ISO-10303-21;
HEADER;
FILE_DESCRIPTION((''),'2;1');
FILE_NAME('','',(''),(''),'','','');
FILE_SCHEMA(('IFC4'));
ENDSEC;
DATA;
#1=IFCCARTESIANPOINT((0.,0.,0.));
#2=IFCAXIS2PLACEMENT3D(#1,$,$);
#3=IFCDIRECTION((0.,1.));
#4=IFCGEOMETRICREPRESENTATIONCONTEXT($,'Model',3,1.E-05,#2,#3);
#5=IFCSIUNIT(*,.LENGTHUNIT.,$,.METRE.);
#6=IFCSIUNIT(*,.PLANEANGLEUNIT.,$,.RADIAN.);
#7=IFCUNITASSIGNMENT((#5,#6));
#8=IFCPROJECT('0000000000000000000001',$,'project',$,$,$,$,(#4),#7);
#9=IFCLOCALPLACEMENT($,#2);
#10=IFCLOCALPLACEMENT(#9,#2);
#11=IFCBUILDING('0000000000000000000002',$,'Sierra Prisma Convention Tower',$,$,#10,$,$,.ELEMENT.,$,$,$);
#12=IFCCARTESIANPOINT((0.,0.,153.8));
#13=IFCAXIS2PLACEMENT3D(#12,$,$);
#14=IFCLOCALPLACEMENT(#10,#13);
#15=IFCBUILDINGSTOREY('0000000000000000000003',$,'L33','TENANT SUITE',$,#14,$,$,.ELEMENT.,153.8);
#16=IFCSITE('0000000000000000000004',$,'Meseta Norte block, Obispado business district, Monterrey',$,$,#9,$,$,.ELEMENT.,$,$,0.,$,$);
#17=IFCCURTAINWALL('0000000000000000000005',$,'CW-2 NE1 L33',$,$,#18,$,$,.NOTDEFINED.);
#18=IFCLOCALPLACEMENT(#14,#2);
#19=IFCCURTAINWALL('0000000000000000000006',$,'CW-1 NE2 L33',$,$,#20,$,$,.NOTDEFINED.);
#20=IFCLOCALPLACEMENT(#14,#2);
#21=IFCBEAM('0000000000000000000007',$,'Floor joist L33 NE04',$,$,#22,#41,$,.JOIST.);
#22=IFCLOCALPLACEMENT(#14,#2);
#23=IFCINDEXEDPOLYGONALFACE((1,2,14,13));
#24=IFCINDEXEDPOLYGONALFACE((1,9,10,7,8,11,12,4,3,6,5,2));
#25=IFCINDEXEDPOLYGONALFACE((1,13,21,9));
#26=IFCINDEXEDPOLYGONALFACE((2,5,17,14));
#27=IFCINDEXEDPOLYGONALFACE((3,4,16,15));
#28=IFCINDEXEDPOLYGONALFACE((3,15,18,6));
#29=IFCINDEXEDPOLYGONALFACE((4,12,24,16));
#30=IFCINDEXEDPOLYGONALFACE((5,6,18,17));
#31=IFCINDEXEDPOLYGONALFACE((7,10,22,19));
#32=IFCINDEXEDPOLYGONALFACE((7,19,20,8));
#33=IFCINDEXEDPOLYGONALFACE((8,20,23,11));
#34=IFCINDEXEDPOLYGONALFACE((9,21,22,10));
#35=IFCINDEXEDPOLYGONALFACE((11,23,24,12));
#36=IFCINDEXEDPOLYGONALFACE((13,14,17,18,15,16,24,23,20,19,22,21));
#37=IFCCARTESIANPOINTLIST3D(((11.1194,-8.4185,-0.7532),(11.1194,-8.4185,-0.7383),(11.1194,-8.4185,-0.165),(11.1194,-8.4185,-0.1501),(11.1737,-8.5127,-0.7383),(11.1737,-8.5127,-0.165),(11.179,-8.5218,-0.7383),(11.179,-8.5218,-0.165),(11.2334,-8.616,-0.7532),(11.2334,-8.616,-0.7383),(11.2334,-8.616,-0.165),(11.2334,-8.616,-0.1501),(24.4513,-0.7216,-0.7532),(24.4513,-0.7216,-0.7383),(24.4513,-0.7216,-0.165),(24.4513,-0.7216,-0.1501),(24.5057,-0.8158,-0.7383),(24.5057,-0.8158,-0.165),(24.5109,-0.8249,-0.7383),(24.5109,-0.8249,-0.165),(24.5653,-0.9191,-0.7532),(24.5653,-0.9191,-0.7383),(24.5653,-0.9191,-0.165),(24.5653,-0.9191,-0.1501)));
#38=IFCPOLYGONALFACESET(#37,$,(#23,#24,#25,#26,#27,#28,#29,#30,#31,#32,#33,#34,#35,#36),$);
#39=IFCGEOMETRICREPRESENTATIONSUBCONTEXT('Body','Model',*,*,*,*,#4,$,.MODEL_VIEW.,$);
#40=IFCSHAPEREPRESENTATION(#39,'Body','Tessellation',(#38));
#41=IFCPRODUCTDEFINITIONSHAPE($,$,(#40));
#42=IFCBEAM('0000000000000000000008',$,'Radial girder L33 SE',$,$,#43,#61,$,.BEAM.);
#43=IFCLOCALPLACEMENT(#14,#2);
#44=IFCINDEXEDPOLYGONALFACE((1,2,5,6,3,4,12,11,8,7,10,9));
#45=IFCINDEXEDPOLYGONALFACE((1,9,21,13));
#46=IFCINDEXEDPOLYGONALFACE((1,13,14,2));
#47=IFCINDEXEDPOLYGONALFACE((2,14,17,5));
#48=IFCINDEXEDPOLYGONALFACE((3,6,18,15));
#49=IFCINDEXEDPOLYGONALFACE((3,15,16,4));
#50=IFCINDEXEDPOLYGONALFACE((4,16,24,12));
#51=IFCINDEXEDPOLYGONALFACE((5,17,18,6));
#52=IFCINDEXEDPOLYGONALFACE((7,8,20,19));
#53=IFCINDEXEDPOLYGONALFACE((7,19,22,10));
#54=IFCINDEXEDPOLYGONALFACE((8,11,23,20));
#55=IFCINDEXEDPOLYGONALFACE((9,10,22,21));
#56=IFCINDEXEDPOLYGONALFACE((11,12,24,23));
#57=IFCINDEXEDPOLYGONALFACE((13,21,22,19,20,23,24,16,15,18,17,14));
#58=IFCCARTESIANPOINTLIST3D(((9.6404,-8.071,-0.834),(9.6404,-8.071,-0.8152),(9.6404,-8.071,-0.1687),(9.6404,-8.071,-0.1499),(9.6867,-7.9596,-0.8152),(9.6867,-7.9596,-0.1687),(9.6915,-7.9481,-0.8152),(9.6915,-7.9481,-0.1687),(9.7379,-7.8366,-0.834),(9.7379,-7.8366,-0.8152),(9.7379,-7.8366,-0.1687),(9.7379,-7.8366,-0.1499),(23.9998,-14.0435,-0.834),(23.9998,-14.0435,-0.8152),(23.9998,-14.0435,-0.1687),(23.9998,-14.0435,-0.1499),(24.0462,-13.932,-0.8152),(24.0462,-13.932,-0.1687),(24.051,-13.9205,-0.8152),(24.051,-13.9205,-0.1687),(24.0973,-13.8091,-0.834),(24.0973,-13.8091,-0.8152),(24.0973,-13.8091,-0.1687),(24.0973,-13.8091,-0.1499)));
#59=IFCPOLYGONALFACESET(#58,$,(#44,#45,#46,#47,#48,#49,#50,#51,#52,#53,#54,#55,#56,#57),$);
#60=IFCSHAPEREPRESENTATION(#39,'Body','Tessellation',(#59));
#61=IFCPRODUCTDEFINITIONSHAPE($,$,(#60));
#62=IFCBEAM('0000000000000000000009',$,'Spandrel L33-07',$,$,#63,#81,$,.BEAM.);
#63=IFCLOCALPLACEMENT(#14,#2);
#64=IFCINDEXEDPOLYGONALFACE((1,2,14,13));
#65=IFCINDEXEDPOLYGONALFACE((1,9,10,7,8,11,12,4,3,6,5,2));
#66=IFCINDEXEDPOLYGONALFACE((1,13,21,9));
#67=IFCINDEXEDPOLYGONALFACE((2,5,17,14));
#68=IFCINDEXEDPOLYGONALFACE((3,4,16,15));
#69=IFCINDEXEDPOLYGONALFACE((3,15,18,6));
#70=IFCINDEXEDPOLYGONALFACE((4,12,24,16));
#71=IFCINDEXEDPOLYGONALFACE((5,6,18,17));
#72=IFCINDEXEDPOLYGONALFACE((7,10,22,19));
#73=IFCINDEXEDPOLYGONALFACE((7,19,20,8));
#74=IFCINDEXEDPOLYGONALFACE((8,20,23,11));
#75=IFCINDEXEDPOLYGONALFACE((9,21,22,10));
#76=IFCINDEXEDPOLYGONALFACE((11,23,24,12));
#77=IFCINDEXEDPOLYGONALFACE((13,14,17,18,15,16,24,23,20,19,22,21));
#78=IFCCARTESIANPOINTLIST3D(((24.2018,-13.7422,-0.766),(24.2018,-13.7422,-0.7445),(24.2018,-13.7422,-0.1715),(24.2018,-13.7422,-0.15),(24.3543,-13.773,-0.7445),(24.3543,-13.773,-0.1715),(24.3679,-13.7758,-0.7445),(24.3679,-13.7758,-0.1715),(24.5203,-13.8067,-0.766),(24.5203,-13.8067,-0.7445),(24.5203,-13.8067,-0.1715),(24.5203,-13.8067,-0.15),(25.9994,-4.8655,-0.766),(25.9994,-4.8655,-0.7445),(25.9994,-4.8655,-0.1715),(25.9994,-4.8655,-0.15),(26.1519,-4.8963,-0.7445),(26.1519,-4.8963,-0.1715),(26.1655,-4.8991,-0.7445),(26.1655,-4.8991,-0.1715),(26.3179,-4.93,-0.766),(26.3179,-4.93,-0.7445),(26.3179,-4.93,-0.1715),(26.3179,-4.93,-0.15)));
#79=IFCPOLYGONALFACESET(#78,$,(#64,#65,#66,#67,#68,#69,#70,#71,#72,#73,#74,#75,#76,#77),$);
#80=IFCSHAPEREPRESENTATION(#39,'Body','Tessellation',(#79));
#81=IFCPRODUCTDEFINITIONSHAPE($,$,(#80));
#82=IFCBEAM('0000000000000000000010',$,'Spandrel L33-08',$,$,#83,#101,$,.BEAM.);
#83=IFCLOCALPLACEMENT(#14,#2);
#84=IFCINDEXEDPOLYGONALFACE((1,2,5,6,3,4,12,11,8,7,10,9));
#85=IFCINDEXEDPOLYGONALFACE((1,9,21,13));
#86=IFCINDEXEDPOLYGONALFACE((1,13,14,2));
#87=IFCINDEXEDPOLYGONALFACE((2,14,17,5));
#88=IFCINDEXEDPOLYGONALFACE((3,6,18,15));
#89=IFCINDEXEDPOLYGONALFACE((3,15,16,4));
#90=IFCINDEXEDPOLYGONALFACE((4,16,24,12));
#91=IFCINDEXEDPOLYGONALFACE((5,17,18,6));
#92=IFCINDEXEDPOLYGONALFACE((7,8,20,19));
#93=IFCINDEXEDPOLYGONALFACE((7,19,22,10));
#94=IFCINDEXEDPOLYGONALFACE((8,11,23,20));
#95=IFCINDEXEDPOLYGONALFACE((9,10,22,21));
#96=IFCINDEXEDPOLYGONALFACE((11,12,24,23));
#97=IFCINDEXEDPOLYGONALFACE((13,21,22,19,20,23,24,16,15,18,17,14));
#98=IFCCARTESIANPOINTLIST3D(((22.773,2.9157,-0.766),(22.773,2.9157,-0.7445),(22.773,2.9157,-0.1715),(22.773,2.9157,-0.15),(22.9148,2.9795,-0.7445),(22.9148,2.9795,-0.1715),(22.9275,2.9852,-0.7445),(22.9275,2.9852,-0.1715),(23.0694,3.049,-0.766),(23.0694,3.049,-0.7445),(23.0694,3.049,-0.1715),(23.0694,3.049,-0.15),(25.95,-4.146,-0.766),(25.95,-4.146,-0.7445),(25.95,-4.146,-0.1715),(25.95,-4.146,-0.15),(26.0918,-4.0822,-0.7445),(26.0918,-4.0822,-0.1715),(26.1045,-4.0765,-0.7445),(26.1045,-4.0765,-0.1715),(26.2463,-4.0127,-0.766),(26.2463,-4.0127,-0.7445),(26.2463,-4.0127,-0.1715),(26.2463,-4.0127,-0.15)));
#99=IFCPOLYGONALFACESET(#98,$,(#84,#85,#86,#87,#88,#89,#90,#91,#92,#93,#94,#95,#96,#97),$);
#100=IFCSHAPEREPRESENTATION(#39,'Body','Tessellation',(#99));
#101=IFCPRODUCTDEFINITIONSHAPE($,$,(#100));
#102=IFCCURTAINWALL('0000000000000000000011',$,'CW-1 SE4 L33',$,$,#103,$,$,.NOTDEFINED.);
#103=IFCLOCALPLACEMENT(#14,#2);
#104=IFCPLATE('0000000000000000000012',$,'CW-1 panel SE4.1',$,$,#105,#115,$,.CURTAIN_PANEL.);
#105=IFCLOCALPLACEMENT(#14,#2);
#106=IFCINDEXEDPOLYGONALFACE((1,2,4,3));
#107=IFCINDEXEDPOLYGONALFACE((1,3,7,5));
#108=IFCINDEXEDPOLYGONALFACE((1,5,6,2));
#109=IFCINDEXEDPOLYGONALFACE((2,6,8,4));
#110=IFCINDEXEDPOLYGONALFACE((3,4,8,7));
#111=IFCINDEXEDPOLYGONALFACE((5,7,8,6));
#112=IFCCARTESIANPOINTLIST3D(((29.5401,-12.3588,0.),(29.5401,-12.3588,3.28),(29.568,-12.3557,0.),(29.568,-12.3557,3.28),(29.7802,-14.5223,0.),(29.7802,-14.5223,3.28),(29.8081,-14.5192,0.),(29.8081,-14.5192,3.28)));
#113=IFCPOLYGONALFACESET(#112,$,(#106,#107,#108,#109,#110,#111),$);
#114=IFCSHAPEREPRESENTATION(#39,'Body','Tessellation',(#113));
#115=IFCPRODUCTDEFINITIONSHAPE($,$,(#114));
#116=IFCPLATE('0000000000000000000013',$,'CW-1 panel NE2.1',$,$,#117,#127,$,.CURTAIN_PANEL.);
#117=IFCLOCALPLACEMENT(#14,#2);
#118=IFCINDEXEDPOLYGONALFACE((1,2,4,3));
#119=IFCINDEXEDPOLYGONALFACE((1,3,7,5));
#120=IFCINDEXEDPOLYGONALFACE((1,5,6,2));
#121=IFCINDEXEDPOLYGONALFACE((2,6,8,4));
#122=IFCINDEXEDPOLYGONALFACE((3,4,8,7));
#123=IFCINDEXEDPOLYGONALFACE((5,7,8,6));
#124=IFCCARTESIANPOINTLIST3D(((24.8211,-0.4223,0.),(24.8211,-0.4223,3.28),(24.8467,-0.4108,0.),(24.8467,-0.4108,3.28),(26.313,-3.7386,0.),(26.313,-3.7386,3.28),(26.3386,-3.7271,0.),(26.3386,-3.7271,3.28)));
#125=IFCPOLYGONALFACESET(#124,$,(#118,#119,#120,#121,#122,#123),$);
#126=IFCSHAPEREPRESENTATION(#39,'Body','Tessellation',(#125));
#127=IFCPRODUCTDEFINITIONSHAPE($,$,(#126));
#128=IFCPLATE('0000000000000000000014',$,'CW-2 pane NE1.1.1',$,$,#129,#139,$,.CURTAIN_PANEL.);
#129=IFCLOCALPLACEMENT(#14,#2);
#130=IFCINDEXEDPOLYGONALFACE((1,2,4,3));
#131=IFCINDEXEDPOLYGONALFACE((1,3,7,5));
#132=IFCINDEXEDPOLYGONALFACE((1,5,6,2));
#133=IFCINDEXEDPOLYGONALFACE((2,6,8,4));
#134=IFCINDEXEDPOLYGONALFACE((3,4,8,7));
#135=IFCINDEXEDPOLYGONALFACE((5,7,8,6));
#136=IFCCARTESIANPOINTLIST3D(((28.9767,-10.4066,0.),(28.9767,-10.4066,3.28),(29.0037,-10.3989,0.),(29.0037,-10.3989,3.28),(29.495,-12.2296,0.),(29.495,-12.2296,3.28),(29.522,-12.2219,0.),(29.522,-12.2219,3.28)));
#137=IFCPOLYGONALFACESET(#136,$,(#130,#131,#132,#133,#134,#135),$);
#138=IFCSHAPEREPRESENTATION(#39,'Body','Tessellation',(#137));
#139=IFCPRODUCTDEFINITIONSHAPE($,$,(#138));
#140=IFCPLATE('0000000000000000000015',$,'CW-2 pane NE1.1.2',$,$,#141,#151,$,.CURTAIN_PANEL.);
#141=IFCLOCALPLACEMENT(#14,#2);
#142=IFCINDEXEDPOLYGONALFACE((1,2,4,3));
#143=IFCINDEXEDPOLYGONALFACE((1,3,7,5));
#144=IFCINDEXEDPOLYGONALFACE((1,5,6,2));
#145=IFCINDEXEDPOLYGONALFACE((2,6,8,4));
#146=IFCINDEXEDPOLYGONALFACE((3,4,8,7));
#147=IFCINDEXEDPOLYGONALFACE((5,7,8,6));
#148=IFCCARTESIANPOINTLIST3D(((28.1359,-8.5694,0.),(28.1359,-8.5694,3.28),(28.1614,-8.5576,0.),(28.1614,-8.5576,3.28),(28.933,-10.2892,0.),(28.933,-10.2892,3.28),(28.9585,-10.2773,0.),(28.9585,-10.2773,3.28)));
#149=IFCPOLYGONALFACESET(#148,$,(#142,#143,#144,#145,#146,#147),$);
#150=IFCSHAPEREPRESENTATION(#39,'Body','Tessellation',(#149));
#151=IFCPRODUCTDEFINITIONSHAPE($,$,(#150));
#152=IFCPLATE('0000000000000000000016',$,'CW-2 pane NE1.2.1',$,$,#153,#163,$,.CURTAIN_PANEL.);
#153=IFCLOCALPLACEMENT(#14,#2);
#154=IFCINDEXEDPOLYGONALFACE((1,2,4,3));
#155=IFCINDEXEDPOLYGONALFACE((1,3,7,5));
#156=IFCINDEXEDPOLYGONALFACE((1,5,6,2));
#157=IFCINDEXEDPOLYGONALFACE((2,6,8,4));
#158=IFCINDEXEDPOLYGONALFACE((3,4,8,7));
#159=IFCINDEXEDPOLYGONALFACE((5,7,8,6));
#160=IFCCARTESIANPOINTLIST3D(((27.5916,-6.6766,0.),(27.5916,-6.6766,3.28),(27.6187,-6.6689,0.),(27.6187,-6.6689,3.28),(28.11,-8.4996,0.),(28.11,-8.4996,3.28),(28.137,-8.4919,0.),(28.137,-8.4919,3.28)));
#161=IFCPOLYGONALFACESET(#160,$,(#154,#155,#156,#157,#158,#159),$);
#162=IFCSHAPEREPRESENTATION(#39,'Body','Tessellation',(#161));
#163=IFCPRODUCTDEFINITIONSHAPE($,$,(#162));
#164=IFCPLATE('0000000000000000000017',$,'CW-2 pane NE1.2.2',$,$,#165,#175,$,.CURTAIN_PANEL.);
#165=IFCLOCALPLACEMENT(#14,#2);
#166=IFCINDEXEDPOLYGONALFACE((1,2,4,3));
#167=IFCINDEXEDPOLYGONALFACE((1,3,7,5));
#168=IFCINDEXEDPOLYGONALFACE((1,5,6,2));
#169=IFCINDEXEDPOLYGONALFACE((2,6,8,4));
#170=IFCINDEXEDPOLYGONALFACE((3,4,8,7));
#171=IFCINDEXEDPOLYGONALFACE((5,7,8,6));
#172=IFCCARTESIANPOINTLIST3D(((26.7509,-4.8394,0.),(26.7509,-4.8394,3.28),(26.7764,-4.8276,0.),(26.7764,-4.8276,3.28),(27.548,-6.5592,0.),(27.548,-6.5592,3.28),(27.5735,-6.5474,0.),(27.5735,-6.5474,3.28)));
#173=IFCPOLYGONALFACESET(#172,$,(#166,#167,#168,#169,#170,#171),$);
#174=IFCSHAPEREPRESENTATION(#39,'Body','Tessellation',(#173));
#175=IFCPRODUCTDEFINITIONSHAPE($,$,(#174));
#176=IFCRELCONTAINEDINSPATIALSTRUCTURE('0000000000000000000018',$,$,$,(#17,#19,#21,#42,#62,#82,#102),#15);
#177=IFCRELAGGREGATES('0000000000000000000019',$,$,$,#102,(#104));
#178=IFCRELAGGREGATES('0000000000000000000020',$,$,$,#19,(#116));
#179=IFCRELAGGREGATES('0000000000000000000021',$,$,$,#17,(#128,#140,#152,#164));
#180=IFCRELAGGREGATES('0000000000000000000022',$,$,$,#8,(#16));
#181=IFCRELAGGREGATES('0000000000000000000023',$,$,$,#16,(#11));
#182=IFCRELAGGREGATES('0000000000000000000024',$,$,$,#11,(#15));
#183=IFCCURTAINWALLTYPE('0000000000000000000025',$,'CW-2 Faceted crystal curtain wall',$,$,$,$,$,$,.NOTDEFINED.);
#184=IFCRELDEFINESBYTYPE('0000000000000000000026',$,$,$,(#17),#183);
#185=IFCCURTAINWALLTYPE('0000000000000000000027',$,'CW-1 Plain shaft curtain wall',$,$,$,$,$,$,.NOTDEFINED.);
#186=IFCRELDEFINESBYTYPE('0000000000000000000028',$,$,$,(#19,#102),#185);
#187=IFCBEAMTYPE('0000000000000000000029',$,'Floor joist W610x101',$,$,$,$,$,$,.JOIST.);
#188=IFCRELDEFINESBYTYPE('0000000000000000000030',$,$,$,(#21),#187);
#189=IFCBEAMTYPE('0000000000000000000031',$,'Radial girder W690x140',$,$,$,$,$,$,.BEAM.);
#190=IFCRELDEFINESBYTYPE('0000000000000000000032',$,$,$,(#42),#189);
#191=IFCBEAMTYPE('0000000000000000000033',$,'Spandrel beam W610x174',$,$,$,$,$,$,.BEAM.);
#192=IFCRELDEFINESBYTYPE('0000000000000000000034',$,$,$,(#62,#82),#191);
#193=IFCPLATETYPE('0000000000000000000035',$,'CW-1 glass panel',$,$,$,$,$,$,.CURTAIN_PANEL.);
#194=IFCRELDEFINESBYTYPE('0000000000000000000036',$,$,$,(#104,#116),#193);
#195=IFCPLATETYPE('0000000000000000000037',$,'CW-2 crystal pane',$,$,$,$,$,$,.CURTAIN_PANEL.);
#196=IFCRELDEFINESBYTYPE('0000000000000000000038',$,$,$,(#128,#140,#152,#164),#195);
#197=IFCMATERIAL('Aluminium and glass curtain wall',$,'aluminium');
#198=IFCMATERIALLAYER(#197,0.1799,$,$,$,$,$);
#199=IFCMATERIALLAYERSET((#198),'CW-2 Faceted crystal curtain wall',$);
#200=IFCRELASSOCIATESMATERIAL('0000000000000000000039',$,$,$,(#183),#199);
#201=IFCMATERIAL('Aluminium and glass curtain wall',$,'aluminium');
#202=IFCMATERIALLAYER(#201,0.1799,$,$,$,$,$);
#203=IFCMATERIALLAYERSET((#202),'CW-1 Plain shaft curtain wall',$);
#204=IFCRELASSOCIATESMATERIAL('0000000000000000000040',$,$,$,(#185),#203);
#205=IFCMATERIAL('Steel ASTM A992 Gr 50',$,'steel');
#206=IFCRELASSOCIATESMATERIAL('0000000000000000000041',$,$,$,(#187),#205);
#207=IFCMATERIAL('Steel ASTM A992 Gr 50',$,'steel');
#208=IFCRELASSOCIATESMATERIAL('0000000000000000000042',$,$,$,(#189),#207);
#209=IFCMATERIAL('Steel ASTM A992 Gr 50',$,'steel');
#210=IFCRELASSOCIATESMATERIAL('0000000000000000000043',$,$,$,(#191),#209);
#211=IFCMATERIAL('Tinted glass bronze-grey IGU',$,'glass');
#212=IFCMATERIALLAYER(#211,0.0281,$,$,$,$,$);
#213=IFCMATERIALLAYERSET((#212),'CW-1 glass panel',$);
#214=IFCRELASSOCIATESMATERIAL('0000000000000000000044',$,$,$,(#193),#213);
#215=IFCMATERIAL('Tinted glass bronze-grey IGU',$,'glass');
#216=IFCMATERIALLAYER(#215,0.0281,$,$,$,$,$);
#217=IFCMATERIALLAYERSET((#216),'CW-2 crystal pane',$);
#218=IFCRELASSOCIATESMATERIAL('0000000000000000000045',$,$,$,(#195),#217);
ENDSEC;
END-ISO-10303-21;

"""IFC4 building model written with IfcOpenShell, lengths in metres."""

from ifc_helpers import new_model, si_unit, direction, frame, origin, origin_2d, place, context, subcontext, project, spatial, polyline, rectangle, i_section, outline, extrude, material, layer, layer_set, material_profile, profile_set, type_object, element, aggregate, save


model = new_model("IFC4")

# Units and contexts
model_context = context("Model", 3, precision=1e-05, world=origin(), true_north=direction((0.0, 1.0)))
body_context = subcontext(model_context, "Body", "Model", "MODEL_VIEW")
ifc_project = project(units=[si_unit("LENGTHUNIT", "METRE"), si_unit("PLANEANGLEUNIT", "RADIAN")], contexts=[model_context])

# Site, building, storey
site_placement = place(None, origin())
site = spatial("IfcSite", under=ifc_project, at=site_placement, Name="Meseta Norte block, Obispado business district, Monterrey", CompositionType="ELEMENT", RefElevation=0.0)
building_placement = place(site_placement, origin())
building = spatial("IfcBuilding", under=site, at=building_placement, Name="Sierra Prisma Convention Tower", CompositionType="ELEMENT")
storey_placement = place(building_placement, frame((0.0, 0.0, 153.8)))
storey = spatial("IfcBuildingStorey", under=building, at=storey_placement, Name="L33", Description="TENANT SUITE", CompositionType="ELEMENT", Elevation=153.8)

# Curtain wall
ifc_material_1 = material(Name="Aluminium and glass curtain wall", Category="aluminium")
ifc_layer_1 = layer(ifc_material_1, 0.1799)
ifc_layer_set_1 = layer_set([ifc_layer_1], Name="CW-2 Faceted crystal curtain wall")
curtain_wall_type_1 = type_object("IfcCurtainWallType", Name="CW-2 Faceted crystal curtain wall", PredefinedType="NOTDEFINED", material=ifc_layer_set_1)
curtain_wall_1_placement = place(storey_placement, origin())
curtain_wall_1 = element("IfcCurtainWall", 1, at=curtain_wall_1_placement, inside=storey, type_object=curtain_wall_type_1, Name="CW-2 NE1 L33", PredefinedType="NOTDEFINED")

# Curtain wall
ifc_material_2 = material(Name="Aluminium and glass curtain wall", Category="aluminium")
ifc_layer_2 = layer(ifc_material_2, 0.1799)
ifc_layer_set_2 = layer_set([ifc_layer_2], Name="CW-1 Plain shaft curtain wall")
curtain_wall_type_2 = type_object("IfcCurtainWallType", Name="CW-1 Plain shaft curtain wall", PredefinedType="NOTDEFINED", material=ifc_layer_set_2)
curtain_wall_2_placement = place(storey_placement, origin())
curtain_wall_2 = element("IfcCurtainWall", 2, at=curtain_wall_2_placement, inside=storey, type_object=curtain_wall_type_2, Name="CW-1 NE2 L33", PredefinedType="NOTDEFINED")

# Beams
ifc_material_3 = material(Name="Steel ASTM A992 Gr 50", Category="steel")
ifc_material_profile_1 = material_profile(ifc_material_3, i_section(OverallWidth=0.228, OverallDepth=0.603, WebThickness=0.0105, FlangeThickness=0.0149, at=origin_2d()), Name="W610x101")
ifc_profile_set_1 = profile_set([ifc_material_profile_1], Name="Steel ASTM A992 Gr 50")
beam_type_1 = type_object("IfcBeamType", Name="Floor joist W610x101", PredefinedType="JOIST", material=ifc_profile_set_1)
beam_1_placement = place(storey_placement, frame((24.5083, -0.8203, -0.4517), z_axis=(-0.866032, -0.499989, 0.0), x_axis=(0.499989, -0.866032, 0.0)))
element("IfcBeam", 3, at=beam_1_placement, inside=storey, type_object=beam_type_1, Name="Floor joist L33 NE04", PredefinedType="JOIST", context=body_context, shape_type="SweptSolid", body=[
    extrude(i_section(OverallWidth=0.228, OverallDepth=0.603, WebThickness=0.0105, FlangeThickness=0.0149, at=origin_2d()), origin(), (0.0, 0.0, 1.0), 15.3943),
])
ifc_material_4 = material(Name="Steel ASTM A992 Gr 50", Category="steel")
ifc_material_profile_2 = material_profile(ifc_material_4, i_section(OverallWidth=0.2539, OverallDepth=0.6841, WebThickness=0.0125, FlangeThickness=0.0188, at=origin_2d()), Name="W690x140")
ifc_profile_set_2 = profile_set([ifc_material_profile_2], Name="Steel ASTM A992 Gr 50")
beam_type_2 = type_object("IfcBeamType", Name="Radial girder W690x140", PredefinedType="BEAM", material=ifc_profile_set_2)
beam_2_placement = place(storey_placement, frame((24.0486, -13.9263, -0.4919), z_axis=(-0.92332, 0.384031, 0.0), x_axis=(-0.384031, -0.92332, 0.0)))
element("IfcBeam", 4, at=beam_2_placement, inside=storey, type_object=beam_type_2, Name="Radial girder L33 SE", PredefinedType="BEAM", context=body_context, shape_type="SweptSolid", body=[
    extrude(i_section(OverallWidth=0.2539, OverallDepth=0.6841, WebThickness=0.0125, FlangeThickness=0.0188, at=origin_2d()), origin(), (0.0, 0.0, 1.0), 15.552),
])
ifc_material_5 = material(Name="Steel ASTM A992 Gr 50", Category="steel")
ifc_material_profile_3 = material_profile(ifc_material_5, i_section(OverallWidth=0.325, OverallDepth=0.616, WebThickness=0.0139, FlangeThickness=0.0215, at=origin_2d()), Name="W610x174")
ifc_profile_set_3 = profile_set([ifc_material_profile_3], Name="Steel ASTM A992 Gr 50")
beam_type_3 = type_object("IfcBeamType", Name="Spandrel beam W610x174", PredefinedType="BEAM", material=ifc_profile_set_3)
beam_3_placement = place(storey_placement, frame((24.3611, -13.7744, -0.458), z_axis=(0.198479, 0.980105, 0.0), x_axis=(-0.980105, 0.198479, 0.0)))
element("IfcBeam", 5, at=beam_3_placement, inside=storey, type_object=beam_type_3, Name="Spandrel L33-07", PredefinedType="BEAM", context=body_context, shape_type="SweptSolid", body=[
    extrude(i_section(OverallWidth=0.325, OverallDepth=0.616, WebThickness=0.0139, FlangeThickness=0.0215, at=origin_2d()), origin(), (0.0, 0.0, 1.0), 9.0569),
])
beam_4_placement = place(storey_placement, frame((26.0981, -4.0793, -0.458), z_axis=(-0.410279, 0.91196, 0.0), x_axis=(-0.91196, -0.410279, 0.0)))
element("IfcBeam", 6, at=beam_4_placement, inside=storey, type_object=beam_type_3, Name="Spandrel L33-08", PredefinedType="BEAM", context=body_context, shape_type="SweptSolid", body=[
    extrude(i_section(OverallWidth=0.325, OverallDepth=0.616, WebThickness=0.0139, FlangeThickness=0.0215, at=origin_2d()), origin(), (0.0, 0.0, 1.0), 7.7434),
])

# Curtain wall, plate
curtain_wall_3_placement = place(storey_placement, origin())
curtain_wall_3 = element("IfcCurtainWall", 7, at=curtain_wall_3_placement, inside=storey, type_object=curtain_wall_type_2, Name="CW-1 SE4 L33", PredefinedType="NOTDEFINED")
ifc_material_6 = material(Name="Tinted glass bronze-grey IGU", Category="glass")
ifc_layer_3 = layer(ifc_material_6, 0.0281)
ifc_layer_set_3 = layer_set([ifc_layer_3], Name="CW-1 glass panel")
plate_type_1 = type_object("IfcPlateType", Name="CW-1 glass panel", PredefinedType="CURTAIN_PANEL", material=ifc_layer_set_3)
plate_1_placement = place(storey_placement, frame((29.6741, -13.439, 0.0), z_axis=(0.0, 0.0, 1.0), x_axis=(-0.110304, 0.993898, 0.0)))
plate_1 = element("IfcPlate", 8, at=plate_1_placement, type_object=plate_type_1, Name="CW-1 panel SE4.1", PredefinedType="CURTAIN_PANEL", context=body_context, shape_type="SweptSolid", body=[
    extrude(rectangle(XDim=2.1768, YDim=0.0281, at=origin_2d()), origin(), (0.0, 0.0, 1.0), 3.28),
])
aggregate(curtain_wall_3, [plate_1])

# Plates
plate_2_placement = place(storey_placement, frame((25.5798, -2.0747, 0.0), z_axis=(0.0, 0.0, 1.0), x_axis=(-0.410271, 0.911964, 0.0)))
plate_2 = element("IfcPlate", 9, at=plate_2_placement, type_object=plate_type_1, Name="CW-1 panel NE2.1", PredefinedType="CURTAIN_PANEL", context=body_context, shape_type="SweptSolid", body=[
    extrude(rectangle(XDim=3.6365, YDim=0.0281, at=origin_2d()), origin(), (0.0, 0.0, 1.0), 3.28),
])
aggregate(curtain_wall_2, [plate_2])
ifc_material_7 = material(Name="Tinted glass bronze-grey IGU", Category="glass")
ifc_layer_4 = layer(ifc_material_7, 0.0281)
ifc_layer_set_4 = layer_set([ifc_layer_4], Name="CW-2 crystal pane")
plate_type_2 = type_object("IfcPlateType", Name="CW-2 crystal pane", PredefinedType="CURTAIN_PANEL", material=ifc_layer_set_4)
plate_3_placement = place(storey_placement, frame((29.522, -12.2219, 0.0), z_axis=(0.961878, 0.273479, 0.0), x_axis=(-0.273479, 0.961878, 0.0)))
plate_3 = element("IfcPlate", 10, at=plate_3_placement, type_object=plate_type_2, Name="CW-2 pane NE1.1.1", PredefinedType="CURTAIN_PANEL", context=body_context, shape_type="SweptSolid", body=[
    extrude(outline(polyline([(0.0, 0.0), (1.8952, 0.0), (1.8952, 3.28), (0.0, 3.28), (0.0, 0.0)])), origin(), (0.0, 0.0, -1.0), 0.0281),
])
plate_4_placement = place(storey_placement, frame((28.1614, -8.5576, 0.0), z_axis=(0.907276, 0.420536, 0.0), x_axis=(0.420536, -0.907276, 0.0)))
plate_4 = element("IfcPlate", 11, at=plate_4_placement, type_object=plate_type_2, Name="CW-2 pane NE1.1.2", PredefinedType="CURTAIN_PANEL", context=body_context, shape_type="SweptSolid", body=[
    extrude(outline(polyline([(0.0, 0.0), (1.8955, 0.0), (1.8955, -3.28), (0.0, -3.28), (0.0, 0.0)])), origin(), (0.0, 0.0, -1.0), 0.0281),
])
plate_5_placement = place(storey_placement, frame((28.137, -8.4919, 0.0), z_axis=(0.961878, 0.273479, 0.0), x_axis=(-0.273479, 0.961878, 0.0)))
plate_5 = element("IfcPlate", 12, at=plate_5_placement, type_object=plate_type_2, Name="CW-2 pane NE1.2.1", PredefinedType="CURTAIN_PANEL", context=body_context, shape_type="SweptSolid", body=[
    extrude(outline(polyline([(0.0, 0.0), (1.8952, 0.0), (1.8952, 3.28), (0.0, 3.28), (0.0, 0.0)])), origin(), (0.0, 0.0, -1.0), 0.0281),
])
plate_6_placement = place(storey_placement, frame((26.7764, -4.8276, 0.0), z_axis=(0.907276, 0.420536, 0.0), x_axis=(0.420536, -0.907276, 0.0)))
plate_6 = element("IfcPlate", 13, at=plate_6_placement, type_object=plate_type_2, Name="CW-2 pane NE1.2.2", PredefinedType="CURTAIN_PANEL", context=body_context, shape_type="SweptSolid", body=[
    extrude(outline(polyline([(0.0, 0.0), (1.8955, 0.0), (1.8955, -3.28), (0.0, -3.28), (0.0, 0.0)])), origin(), (0.0, 0.0, -1.0), 0.0281),
])
aggregate(curtain_wall_1, [plate_3, plate_4, plate_5, plate_6])

save(model, "model.ifc")
